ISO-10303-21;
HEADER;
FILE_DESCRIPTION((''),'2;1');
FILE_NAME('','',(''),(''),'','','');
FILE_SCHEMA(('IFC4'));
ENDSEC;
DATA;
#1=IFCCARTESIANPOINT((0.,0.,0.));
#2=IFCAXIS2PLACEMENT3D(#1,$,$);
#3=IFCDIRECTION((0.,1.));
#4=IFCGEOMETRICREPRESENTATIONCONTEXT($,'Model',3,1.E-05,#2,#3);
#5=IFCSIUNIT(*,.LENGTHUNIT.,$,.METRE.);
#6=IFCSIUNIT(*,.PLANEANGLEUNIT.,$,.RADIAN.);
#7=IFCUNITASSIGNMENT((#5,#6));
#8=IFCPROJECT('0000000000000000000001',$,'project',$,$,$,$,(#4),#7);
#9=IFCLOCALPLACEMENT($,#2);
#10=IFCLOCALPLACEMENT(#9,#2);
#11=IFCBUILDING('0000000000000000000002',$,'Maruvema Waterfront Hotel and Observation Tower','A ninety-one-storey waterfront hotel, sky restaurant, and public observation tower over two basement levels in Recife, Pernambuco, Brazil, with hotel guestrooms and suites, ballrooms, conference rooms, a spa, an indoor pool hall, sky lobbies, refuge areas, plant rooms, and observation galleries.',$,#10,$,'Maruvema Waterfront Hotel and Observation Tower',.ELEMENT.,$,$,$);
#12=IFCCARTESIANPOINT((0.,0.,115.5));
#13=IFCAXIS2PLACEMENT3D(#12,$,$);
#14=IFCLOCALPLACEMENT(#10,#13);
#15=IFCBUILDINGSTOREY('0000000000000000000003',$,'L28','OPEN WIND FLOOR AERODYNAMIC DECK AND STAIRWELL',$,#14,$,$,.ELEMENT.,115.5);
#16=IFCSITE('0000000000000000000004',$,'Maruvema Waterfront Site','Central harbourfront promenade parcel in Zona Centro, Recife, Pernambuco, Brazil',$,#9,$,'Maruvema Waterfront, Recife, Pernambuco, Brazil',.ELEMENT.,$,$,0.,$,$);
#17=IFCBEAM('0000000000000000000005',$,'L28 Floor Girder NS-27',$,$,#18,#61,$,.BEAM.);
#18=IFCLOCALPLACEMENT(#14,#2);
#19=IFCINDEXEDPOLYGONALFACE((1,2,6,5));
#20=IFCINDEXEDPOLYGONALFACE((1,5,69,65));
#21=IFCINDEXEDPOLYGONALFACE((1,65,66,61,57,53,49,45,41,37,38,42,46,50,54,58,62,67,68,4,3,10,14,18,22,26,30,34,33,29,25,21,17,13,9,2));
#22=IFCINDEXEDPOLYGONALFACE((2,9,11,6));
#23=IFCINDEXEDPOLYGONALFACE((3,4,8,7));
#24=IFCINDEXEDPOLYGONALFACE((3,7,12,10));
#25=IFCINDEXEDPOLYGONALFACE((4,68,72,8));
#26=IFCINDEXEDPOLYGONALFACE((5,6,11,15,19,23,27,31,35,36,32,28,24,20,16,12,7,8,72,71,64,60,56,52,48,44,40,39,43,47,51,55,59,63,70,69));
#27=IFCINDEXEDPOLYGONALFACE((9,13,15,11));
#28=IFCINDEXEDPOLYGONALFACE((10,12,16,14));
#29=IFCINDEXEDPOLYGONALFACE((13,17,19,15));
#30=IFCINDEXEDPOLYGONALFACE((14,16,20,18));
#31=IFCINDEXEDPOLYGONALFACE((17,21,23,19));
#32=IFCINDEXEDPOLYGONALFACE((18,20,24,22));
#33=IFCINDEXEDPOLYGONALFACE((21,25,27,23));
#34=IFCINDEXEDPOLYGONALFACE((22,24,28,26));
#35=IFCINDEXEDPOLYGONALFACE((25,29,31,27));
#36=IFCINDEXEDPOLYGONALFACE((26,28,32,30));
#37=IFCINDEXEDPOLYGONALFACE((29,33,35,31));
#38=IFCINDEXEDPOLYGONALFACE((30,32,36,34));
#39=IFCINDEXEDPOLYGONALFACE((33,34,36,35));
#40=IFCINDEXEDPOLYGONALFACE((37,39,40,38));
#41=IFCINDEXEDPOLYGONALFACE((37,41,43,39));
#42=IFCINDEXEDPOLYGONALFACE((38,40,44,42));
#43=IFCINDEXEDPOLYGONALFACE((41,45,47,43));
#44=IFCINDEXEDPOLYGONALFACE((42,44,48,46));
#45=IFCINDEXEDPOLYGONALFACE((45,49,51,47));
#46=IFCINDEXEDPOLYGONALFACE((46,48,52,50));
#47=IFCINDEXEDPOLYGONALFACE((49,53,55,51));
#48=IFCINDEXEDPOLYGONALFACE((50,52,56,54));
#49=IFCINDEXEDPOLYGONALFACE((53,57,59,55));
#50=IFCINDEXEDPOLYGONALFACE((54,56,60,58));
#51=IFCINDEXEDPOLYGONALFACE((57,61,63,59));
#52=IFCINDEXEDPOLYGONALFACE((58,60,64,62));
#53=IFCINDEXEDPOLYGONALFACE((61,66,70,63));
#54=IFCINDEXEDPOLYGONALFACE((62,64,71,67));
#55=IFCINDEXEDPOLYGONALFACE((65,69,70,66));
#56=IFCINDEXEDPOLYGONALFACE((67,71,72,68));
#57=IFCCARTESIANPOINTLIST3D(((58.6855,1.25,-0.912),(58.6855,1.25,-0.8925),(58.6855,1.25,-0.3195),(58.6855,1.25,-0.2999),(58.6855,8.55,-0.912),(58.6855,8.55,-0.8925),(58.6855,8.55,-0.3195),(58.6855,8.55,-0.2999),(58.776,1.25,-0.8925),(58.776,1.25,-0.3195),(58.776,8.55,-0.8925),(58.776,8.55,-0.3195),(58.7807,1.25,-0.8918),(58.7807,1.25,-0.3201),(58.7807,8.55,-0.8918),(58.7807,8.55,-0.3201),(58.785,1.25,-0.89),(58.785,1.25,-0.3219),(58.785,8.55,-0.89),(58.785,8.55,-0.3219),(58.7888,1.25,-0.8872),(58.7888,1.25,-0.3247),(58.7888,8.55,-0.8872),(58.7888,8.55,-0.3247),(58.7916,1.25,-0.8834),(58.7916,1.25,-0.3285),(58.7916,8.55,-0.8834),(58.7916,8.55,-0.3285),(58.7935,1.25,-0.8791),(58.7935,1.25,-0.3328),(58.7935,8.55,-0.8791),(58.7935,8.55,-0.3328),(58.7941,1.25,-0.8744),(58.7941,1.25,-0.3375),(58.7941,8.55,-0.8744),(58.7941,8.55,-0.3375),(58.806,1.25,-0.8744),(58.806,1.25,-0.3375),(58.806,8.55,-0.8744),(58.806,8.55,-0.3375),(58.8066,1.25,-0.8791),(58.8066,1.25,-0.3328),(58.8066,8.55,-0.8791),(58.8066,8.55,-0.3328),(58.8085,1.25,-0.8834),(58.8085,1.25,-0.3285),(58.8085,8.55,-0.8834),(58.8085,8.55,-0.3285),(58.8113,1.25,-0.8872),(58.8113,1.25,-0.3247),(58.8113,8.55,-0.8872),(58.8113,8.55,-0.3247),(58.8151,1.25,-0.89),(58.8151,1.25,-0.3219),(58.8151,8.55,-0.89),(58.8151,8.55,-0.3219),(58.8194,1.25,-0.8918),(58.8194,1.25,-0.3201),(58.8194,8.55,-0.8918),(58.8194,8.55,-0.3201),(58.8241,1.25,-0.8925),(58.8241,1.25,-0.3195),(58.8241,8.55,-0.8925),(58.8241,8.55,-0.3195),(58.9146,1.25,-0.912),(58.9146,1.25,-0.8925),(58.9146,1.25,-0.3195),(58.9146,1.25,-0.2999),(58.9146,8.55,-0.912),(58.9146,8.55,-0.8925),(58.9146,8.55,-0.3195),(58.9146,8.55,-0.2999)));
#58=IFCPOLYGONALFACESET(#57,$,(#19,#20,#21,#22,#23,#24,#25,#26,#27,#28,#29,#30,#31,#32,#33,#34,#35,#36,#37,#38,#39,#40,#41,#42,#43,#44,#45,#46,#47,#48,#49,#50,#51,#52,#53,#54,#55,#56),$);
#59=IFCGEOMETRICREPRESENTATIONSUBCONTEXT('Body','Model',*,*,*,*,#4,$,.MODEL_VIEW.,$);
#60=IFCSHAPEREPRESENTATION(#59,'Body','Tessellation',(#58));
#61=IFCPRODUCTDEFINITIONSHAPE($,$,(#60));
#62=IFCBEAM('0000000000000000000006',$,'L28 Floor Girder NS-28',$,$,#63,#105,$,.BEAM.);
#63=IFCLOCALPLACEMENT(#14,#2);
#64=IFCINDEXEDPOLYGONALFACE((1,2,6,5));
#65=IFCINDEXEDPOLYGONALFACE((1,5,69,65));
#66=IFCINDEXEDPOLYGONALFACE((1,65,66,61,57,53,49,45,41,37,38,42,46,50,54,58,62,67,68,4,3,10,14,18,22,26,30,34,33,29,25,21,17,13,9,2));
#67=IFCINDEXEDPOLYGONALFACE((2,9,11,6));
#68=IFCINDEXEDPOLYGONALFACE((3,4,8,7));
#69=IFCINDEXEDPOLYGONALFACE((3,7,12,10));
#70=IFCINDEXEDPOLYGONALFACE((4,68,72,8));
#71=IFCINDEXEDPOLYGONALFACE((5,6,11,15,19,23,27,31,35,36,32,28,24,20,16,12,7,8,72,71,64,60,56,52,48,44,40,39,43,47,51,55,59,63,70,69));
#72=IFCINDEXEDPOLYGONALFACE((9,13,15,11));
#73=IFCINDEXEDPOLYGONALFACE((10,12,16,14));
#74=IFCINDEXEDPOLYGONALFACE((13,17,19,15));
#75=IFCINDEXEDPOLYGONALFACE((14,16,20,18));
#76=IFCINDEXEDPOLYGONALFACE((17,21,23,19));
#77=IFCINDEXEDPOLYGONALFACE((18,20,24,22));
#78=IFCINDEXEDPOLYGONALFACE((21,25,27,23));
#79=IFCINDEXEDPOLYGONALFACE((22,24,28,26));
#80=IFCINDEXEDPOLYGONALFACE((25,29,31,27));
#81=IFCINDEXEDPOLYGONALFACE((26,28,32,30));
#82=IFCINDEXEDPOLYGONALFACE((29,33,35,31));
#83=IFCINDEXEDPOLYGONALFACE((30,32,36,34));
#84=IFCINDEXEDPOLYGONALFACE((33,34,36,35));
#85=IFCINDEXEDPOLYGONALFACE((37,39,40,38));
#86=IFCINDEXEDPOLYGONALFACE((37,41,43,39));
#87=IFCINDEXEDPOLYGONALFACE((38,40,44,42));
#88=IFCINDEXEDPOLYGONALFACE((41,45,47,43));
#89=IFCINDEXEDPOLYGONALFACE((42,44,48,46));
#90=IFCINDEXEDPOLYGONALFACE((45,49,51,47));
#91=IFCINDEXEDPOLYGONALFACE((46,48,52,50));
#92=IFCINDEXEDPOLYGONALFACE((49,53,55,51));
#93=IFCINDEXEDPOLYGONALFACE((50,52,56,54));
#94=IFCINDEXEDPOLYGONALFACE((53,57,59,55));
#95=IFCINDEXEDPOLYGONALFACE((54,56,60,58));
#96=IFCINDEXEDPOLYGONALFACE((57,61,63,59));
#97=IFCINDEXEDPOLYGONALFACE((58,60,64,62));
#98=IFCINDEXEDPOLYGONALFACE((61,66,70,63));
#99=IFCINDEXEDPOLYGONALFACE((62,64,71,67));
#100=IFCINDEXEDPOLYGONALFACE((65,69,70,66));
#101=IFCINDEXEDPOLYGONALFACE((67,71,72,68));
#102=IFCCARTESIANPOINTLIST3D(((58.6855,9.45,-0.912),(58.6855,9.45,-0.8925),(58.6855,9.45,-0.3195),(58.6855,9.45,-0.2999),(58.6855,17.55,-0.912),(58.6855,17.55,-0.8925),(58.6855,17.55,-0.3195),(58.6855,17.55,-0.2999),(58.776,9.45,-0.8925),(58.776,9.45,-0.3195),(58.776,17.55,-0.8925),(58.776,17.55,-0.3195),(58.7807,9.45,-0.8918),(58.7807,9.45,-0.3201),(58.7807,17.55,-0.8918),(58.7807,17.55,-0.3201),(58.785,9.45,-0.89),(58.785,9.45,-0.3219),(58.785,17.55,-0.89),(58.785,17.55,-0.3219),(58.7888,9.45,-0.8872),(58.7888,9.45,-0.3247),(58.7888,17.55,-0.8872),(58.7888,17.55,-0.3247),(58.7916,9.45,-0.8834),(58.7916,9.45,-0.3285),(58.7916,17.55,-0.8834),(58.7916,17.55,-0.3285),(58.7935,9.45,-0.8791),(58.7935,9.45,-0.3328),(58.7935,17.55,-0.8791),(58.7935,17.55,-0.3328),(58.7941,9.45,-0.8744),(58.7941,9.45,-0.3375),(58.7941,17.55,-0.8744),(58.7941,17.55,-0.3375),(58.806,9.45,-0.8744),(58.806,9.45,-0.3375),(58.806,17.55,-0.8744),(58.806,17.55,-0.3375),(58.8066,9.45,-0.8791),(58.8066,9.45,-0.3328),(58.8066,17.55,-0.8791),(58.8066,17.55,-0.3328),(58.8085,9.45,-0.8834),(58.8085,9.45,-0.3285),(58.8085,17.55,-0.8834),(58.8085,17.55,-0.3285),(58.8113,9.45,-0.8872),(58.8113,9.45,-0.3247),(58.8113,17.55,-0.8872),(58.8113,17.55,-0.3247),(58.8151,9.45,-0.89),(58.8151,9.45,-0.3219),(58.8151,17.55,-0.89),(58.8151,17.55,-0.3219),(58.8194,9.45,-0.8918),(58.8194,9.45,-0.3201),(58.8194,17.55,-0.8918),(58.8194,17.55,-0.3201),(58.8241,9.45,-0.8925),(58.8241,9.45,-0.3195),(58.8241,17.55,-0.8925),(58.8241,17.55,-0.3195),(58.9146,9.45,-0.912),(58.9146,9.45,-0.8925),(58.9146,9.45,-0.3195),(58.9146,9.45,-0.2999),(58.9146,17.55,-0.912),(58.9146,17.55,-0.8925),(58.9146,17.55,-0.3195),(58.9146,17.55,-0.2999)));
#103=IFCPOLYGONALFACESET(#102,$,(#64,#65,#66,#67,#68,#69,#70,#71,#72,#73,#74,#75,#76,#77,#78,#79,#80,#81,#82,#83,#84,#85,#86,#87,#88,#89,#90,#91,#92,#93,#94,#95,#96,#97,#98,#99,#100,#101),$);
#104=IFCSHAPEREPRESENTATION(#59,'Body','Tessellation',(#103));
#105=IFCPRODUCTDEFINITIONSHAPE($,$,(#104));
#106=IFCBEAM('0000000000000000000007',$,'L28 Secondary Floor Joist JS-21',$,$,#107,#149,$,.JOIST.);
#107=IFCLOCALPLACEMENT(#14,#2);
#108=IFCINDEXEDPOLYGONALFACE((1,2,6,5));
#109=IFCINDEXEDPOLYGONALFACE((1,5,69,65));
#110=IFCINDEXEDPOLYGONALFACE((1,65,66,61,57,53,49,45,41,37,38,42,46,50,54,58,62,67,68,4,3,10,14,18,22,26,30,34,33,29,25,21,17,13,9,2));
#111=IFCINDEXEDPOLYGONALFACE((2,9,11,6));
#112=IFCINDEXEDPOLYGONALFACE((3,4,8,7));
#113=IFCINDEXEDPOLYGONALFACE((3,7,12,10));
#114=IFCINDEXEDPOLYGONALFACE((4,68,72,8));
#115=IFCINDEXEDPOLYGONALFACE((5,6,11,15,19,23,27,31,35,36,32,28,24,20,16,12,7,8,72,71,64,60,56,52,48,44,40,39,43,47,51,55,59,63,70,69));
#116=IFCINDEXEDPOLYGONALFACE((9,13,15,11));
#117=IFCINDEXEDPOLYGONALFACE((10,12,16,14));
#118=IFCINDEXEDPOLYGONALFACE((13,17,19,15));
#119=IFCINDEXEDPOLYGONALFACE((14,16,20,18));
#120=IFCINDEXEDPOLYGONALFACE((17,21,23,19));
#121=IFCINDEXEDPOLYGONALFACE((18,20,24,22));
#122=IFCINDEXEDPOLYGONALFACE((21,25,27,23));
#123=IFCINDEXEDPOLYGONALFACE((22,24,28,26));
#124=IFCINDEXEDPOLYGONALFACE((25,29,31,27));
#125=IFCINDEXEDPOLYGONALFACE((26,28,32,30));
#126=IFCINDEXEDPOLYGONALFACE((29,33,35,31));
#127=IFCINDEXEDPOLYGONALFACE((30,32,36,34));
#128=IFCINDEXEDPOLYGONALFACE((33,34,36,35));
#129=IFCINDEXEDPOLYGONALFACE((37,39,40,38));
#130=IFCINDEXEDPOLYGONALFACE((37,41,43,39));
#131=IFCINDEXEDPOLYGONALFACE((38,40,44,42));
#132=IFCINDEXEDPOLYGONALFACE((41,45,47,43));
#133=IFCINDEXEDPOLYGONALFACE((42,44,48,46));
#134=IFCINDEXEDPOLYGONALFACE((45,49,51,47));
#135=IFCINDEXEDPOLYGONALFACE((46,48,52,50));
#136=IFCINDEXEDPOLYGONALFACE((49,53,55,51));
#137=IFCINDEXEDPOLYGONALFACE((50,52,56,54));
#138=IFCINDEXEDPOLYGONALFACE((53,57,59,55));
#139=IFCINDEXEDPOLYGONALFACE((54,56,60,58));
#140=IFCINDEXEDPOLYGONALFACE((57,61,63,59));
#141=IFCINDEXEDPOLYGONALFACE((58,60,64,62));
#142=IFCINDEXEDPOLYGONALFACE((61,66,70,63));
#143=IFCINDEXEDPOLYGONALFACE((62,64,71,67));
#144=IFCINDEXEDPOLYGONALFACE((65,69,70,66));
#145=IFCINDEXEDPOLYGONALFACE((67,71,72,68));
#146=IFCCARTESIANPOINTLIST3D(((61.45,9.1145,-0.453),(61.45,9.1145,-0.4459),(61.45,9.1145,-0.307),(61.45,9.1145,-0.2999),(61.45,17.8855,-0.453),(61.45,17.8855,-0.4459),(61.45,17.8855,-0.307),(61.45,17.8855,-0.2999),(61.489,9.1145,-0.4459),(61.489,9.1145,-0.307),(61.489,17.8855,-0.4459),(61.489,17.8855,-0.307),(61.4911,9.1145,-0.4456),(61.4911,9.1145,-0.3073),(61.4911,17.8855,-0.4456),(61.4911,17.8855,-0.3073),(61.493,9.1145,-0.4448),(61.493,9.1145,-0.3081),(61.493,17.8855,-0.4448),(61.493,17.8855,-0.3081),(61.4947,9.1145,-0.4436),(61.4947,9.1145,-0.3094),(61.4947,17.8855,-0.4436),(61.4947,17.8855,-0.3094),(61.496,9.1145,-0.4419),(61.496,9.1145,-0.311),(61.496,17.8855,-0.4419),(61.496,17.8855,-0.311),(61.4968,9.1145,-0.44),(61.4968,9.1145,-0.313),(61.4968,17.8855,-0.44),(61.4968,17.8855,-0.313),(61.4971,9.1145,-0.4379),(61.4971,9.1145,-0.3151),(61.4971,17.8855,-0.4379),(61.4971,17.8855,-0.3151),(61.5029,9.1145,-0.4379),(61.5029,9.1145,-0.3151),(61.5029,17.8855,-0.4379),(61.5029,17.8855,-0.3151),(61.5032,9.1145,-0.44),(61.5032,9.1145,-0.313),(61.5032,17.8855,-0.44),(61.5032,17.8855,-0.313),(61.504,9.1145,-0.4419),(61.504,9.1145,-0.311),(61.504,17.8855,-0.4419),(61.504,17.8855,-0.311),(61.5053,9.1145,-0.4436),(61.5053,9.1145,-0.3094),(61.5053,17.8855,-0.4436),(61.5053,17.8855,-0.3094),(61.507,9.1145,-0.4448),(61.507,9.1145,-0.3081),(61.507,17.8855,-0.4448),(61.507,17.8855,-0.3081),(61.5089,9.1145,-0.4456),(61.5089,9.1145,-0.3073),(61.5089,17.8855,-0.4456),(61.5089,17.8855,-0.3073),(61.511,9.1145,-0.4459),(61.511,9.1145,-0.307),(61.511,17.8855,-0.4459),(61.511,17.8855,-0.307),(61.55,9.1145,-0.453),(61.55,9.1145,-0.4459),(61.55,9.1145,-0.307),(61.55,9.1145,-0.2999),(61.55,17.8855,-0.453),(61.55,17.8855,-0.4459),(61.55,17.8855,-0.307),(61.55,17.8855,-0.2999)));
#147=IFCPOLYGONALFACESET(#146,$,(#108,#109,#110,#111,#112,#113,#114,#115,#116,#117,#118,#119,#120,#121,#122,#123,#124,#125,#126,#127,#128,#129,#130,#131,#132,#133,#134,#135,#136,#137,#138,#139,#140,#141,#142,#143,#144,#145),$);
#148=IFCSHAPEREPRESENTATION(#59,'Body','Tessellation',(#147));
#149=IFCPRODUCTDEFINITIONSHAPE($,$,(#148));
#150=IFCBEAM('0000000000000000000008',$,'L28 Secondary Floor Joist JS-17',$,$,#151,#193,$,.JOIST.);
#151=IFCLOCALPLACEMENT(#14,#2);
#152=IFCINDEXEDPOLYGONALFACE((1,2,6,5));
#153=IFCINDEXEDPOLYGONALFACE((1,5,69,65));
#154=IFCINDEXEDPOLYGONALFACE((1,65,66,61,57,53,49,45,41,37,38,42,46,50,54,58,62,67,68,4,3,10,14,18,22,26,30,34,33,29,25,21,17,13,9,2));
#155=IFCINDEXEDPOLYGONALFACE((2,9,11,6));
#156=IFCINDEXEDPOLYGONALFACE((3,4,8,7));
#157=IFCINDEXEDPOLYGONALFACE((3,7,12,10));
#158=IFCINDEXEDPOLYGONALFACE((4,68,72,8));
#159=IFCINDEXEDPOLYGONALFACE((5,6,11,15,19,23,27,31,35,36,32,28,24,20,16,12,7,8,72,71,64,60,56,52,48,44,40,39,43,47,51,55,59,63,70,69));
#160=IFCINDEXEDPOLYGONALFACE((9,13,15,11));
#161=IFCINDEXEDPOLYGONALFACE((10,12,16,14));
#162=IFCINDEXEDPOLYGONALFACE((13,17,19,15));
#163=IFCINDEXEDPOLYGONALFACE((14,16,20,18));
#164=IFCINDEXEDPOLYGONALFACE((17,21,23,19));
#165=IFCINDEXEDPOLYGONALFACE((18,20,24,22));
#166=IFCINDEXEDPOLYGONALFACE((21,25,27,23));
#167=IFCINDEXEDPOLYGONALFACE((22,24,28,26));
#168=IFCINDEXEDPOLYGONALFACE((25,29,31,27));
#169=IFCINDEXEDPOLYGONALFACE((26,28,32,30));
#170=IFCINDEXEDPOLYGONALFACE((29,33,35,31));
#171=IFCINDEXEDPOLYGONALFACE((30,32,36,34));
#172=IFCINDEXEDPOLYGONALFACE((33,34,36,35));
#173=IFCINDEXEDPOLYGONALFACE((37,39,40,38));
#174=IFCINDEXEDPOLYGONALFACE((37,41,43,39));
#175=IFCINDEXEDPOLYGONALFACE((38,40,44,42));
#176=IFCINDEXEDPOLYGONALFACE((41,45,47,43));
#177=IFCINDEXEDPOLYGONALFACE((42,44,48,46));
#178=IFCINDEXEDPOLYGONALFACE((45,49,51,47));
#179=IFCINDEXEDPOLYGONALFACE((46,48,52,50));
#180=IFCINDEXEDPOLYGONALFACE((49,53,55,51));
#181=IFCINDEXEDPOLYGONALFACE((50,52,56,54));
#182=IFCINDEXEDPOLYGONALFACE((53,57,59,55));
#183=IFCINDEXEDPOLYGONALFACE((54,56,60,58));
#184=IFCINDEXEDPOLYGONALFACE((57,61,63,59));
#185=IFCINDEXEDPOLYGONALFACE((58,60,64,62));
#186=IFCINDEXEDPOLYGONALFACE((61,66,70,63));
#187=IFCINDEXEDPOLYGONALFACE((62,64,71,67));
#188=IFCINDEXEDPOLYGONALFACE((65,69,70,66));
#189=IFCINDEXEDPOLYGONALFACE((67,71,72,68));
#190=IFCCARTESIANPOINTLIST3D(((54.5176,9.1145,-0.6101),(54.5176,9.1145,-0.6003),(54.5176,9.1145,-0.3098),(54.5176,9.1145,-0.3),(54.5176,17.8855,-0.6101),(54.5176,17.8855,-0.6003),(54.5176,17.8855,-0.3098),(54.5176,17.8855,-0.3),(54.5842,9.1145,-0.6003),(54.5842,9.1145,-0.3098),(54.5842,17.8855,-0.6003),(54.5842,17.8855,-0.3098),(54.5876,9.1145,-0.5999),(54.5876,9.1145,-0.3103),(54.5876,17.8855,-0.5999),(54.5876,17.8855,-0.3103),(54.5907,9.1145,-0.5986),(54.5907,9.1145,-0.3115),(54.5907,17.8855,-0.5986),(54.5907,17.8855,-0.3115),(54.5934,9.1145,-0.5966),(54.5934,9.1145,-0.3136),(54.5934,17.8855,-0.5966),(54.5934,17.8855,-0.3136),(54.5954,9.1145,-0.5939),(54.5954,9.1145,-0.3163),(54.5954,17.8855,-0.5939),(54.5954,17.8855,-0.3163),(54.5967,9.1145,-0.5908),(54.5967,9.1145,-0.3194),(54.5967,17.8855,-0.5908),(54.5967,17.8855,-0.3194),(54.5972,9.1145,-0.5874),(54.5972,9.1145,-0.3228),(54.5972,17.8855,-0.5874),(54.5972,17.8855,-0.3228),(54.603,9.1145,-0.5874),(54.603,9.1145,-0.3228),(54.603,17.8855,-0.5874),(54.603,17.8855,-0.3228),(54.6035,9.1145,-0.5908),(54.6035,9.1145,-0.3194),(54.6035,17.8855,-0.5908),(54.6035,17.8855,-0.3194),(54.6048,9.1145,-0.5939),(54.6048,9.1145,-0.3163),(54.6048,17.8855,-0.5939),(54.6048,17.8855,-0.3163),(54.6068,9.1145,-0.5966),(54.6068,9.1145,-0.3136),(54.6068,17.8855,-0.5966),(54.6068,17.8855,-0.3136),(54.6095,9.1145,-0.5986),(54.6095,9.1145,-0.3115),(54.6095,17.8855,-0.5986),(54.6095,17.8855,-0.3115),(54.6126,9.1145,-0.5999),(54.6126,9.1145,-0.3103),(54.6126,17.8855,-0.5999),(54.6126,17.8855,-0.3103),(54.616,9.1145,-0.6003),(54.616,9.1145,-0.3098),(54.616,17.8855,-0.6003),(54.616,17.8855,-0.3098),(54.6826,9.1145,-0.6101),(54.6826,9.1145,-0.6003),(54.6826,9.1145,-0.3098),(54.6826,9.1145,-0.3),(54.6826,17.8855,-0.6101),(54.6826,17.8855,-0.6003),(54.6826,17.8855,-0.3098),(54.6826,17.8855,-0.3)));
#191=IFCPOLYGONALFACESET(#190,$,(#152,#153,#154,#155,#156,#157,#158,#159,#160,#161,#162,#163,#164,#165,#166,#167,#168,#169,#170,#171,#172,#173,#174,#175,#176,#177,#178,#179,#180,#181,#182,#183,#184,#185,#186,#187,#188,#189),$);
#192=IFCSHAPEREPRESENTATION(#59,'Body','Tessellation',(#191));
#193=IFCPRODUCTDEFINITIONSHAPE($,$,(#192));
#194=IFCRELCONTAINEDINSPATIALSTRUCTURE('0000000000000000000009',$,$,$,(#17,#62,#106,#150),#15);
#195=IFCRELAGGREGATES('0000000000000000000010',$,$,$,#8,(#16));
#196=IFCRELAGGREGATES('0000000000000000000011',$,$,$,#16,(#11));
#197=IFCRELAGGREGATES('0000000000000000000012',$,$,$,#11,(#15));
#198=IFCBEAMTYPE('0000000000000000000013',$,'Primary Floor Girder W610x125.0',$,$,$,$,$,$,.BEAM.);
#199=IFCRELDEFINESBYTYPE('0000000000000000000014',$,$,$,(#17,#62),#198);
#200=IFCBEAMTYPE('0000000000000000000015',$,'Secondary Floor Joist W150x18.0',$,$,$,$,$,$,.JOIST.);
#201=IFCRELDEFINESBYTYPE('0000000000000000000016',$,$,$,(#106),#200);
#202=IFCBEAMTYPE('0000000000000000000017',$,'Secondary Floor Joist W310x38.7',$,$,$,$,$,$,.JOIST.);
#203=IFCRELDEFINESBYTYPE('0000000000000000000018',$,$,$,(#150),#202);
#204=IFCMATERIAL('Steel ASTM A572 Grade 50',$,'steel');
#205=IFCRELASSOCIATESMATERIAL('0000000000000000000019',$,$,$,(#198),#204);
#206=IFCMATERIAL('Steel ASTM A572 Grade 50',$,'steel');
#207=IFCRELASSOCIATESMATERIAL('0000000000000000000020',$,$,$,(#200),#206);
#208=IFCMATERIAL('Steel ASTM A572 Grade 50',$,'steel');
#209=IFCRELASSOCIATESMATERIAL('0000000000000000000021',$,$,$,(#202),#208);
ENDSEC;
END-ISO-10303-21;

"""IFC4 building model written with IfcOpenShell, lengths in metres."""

from ifc_helpers import new_model, si_unit, direction, frame, origin, origin_2d, place, context, subcontext, project, spatial, i_section, extrude, material, material_profile, profile_set, type_object, element, save


model = new_model("IFC4")

# Units and contexts
model_context = context("Model", 3, precision=1e-05, world=origin(), true_north=direction((0.0, 1.0)))
body_context = subcontext(model_context, "Body", "Model", "MODEL_VIEW")
ifc_project = project(units=[si_unit("LENGTHUNIT", "METRE"), si_unit("PLANEANGLEUNIT", "RADIAN")], contexts=[model_context])

# Site, building, storey
site_placement = place(None, origin())
site = spatial("IfcSite", under=ifc_project, at=site_placement, Name="Maruvema Waterfront Site", Description="Central harbourfront promenade parcel in Zona Centro, Recife, Pernambuco, Brazil", LongName="Maruvema Waterfront, Recife, Pernambuco, Brazil", CompositionType="ELEMENT", RefElevation=0.0)
building_placement = place(site_placement, origin())
building = spatial("IfcBuilding", under=site, at=building_placement, Name="Maruvema Waterfront Hotel and Observation Tower", Description="A ninety-one-storey waterfront hotel, sky restaurant, and public observation tower over two basement levels in Recife, Pernambuco, Brazil, with hotel guestrooms and suites, ballrooms, conference rooms, a spa, an indoor pool hall, sky lobbies, refuge areas, plant rooms, and observation galleries.", LongName="Maruvema Waterfront Hotel and Observation Tower", CompositionType="ELEMENT")
storey_placement = place(building_placement, frame((0.0, 0.0, 115.5)))
storey = spatial("IfcBuildingStorey", under=building, at=storey_placement, Name="L28", Description="OPEN WIND FLOOR AERODYNAMIC DECK AND STAIRWELL", CompositionType="ELEMENT", Elevation=115.5)

# Beams
ifc_material_1 = material(Name="Steel ASTM A572 Grade 50", Category="steel")
ifc_material_profile_1 = material_profile(ifc_material_1, i_section(OverallWidth=0.229, OverallDepth=0.6121, WebThickness=0.012, FlangeThickness=0.0195, FilletRadius=0.0181, at=origin_2d()), Name="W610x125.0")
ifc_profile_set_1 = profile_set([ifc_material_profile_1], Name="Steel ASTM A572 Grade 50")
beam_type_1 = type_object("IfcBeamType", Name="Primary Floor Girder W610x125.0", PredefinedType="BEAM", material=ifc_profile_set_1)
beam_1_placement = place(storey_placement, frame((58.8, 1.25, -0.606), z_axis=(0.0, 1.0, 0.0), x_axis=(-1.0, 0.0, 0.0)))
element("IfcBeam", 1, at=beam_1_placement, inside=storey, type_object=beam_type_1, Name="L28 Floor Girder NS-27", PredefinedType="BEAM", context=body_context, shape_type="SweptSolid", body=[
    extrude(i_section(OverallWidth=0.229, OverallDepth=0.6121, WebThickness=0.012, FlangeThickness=0.0195, FilletRadius=0.0181, at=origin_2d()), origin(), (0.0, 0.0, 1.0), 7.3),
])
beam_2_placement = place(storey_placement, frame((58.8, 9.45, -0.606), z_axis=(0.0, 1.0, 0.0), x_axis=(-1.0, 0.0, 0.0)))
element("IfcBeam", 2, at=beam_2_placement, inside=storey, type_object=beam_type_1, Name="L28 Floor Girder NS-28", PredefinedType="BEAM", context=body_context, shape_type="SweptSolid", body=[
    extrude(i_section(OverallWidth=0.229, OverallDepth=0.6121, WebThickness=0.012, FlangeThickness=0.0195, FilletRadius=0.0181, at=origin_2d()), origin(), (0.0, 0.0, 1.0), 8.1001),
])
ifc_material_2 = material(Name="Steel ASTM A572 Grade 50", Category="steel")
ifc_material_profile_2 = material_profile(ifc_material_2, i_section(OverallWidth=0.1001, OverallDepth=0.1531, WebThickness=0.0059, FlangeThickness=0.0071, FilletRadius=0.0081, at=origin_2d()), Name="W150x18.0")
ifc_profile_set_2 = profile_set([ifc_material_profile_2], Name="Steel ASTM A572 Grade 50")
beam_type_2 = type_object("IfcBeamType", Name="Secondary Floor Joist W150x18.0", PredefinedType="JOIST", material=ifc_profile_set_2)
beam_3_placement = place(storey_placement, frame((61.5, 9.1145, -0.3765), z_axis=(0.0, 1.0, 0.0), x_axis=(-1.0, 0.0, 0.0)))
element("IfcBeam", 3, at=beam_3_placement, inside=storey, type_object=beam_type_2, Name="L28 Secondary Floor Joist JS-21", PredefinedType="JOIST", context=body_context, shape_type="SweptSolid", body=[
    extrude(i_section(OverallWidth=0.1001, OverallDepth=0.1531, WebThickness=0.0059, FlangeThickness=0.0071, FilletRadius=0.0081, at=origin_2d()), origin(), (0.0, 0.0, 1.0), 8.771),
])
ifc_material_3 = material(Name="Steel ASTM A572 Grade 50", Category="steel")
ifc_material_profile_3 = material_profile(ifc_material_3, i_section(OverallWidth=0.165, OverallDepth=0.3101, WebThickness=0.0059, FlangeThickness=0.0098, FilletRadius=0.0129, at=origin_2d()), Name="W310x38.7")
ifc_profile_set_3 = profile_set([ifc_material_profile_3], Name="Steel ASTM A572 Grade 50")
beam_type_3 = type_object("IfcBeamType", Name="Secondary Floor Joist W310x38.7", PredefinedType="JOIST", material=ifc_profile_set_3)
beam_4_placement = place(storey_placement, frame((54.6001, 9.1145, -0.4551), z_axis=(0.0, 1.0, 0.0), x_axis=(-1.0, 0.0, 0.0)))
element("IfcBeam", 4, at=beam_4_placement, inside=storey, type_object=beam_type_3, Name="L28 Secondary Floor Joist JS-17", PredefinedType="JOIST", context=body_context, shape_type="SweptSolid", body=[
    extrude(i_section(OverallWidth=0.165, OverallDepth=0.3101, WebThickness=0.0059, FlangeThickness=0.0098, FilletRadius=0.0129, at=origin_2d()), origin(), (0.0, 0.0, 1.0), 8.771),
])

save(model, "model.ifc")
